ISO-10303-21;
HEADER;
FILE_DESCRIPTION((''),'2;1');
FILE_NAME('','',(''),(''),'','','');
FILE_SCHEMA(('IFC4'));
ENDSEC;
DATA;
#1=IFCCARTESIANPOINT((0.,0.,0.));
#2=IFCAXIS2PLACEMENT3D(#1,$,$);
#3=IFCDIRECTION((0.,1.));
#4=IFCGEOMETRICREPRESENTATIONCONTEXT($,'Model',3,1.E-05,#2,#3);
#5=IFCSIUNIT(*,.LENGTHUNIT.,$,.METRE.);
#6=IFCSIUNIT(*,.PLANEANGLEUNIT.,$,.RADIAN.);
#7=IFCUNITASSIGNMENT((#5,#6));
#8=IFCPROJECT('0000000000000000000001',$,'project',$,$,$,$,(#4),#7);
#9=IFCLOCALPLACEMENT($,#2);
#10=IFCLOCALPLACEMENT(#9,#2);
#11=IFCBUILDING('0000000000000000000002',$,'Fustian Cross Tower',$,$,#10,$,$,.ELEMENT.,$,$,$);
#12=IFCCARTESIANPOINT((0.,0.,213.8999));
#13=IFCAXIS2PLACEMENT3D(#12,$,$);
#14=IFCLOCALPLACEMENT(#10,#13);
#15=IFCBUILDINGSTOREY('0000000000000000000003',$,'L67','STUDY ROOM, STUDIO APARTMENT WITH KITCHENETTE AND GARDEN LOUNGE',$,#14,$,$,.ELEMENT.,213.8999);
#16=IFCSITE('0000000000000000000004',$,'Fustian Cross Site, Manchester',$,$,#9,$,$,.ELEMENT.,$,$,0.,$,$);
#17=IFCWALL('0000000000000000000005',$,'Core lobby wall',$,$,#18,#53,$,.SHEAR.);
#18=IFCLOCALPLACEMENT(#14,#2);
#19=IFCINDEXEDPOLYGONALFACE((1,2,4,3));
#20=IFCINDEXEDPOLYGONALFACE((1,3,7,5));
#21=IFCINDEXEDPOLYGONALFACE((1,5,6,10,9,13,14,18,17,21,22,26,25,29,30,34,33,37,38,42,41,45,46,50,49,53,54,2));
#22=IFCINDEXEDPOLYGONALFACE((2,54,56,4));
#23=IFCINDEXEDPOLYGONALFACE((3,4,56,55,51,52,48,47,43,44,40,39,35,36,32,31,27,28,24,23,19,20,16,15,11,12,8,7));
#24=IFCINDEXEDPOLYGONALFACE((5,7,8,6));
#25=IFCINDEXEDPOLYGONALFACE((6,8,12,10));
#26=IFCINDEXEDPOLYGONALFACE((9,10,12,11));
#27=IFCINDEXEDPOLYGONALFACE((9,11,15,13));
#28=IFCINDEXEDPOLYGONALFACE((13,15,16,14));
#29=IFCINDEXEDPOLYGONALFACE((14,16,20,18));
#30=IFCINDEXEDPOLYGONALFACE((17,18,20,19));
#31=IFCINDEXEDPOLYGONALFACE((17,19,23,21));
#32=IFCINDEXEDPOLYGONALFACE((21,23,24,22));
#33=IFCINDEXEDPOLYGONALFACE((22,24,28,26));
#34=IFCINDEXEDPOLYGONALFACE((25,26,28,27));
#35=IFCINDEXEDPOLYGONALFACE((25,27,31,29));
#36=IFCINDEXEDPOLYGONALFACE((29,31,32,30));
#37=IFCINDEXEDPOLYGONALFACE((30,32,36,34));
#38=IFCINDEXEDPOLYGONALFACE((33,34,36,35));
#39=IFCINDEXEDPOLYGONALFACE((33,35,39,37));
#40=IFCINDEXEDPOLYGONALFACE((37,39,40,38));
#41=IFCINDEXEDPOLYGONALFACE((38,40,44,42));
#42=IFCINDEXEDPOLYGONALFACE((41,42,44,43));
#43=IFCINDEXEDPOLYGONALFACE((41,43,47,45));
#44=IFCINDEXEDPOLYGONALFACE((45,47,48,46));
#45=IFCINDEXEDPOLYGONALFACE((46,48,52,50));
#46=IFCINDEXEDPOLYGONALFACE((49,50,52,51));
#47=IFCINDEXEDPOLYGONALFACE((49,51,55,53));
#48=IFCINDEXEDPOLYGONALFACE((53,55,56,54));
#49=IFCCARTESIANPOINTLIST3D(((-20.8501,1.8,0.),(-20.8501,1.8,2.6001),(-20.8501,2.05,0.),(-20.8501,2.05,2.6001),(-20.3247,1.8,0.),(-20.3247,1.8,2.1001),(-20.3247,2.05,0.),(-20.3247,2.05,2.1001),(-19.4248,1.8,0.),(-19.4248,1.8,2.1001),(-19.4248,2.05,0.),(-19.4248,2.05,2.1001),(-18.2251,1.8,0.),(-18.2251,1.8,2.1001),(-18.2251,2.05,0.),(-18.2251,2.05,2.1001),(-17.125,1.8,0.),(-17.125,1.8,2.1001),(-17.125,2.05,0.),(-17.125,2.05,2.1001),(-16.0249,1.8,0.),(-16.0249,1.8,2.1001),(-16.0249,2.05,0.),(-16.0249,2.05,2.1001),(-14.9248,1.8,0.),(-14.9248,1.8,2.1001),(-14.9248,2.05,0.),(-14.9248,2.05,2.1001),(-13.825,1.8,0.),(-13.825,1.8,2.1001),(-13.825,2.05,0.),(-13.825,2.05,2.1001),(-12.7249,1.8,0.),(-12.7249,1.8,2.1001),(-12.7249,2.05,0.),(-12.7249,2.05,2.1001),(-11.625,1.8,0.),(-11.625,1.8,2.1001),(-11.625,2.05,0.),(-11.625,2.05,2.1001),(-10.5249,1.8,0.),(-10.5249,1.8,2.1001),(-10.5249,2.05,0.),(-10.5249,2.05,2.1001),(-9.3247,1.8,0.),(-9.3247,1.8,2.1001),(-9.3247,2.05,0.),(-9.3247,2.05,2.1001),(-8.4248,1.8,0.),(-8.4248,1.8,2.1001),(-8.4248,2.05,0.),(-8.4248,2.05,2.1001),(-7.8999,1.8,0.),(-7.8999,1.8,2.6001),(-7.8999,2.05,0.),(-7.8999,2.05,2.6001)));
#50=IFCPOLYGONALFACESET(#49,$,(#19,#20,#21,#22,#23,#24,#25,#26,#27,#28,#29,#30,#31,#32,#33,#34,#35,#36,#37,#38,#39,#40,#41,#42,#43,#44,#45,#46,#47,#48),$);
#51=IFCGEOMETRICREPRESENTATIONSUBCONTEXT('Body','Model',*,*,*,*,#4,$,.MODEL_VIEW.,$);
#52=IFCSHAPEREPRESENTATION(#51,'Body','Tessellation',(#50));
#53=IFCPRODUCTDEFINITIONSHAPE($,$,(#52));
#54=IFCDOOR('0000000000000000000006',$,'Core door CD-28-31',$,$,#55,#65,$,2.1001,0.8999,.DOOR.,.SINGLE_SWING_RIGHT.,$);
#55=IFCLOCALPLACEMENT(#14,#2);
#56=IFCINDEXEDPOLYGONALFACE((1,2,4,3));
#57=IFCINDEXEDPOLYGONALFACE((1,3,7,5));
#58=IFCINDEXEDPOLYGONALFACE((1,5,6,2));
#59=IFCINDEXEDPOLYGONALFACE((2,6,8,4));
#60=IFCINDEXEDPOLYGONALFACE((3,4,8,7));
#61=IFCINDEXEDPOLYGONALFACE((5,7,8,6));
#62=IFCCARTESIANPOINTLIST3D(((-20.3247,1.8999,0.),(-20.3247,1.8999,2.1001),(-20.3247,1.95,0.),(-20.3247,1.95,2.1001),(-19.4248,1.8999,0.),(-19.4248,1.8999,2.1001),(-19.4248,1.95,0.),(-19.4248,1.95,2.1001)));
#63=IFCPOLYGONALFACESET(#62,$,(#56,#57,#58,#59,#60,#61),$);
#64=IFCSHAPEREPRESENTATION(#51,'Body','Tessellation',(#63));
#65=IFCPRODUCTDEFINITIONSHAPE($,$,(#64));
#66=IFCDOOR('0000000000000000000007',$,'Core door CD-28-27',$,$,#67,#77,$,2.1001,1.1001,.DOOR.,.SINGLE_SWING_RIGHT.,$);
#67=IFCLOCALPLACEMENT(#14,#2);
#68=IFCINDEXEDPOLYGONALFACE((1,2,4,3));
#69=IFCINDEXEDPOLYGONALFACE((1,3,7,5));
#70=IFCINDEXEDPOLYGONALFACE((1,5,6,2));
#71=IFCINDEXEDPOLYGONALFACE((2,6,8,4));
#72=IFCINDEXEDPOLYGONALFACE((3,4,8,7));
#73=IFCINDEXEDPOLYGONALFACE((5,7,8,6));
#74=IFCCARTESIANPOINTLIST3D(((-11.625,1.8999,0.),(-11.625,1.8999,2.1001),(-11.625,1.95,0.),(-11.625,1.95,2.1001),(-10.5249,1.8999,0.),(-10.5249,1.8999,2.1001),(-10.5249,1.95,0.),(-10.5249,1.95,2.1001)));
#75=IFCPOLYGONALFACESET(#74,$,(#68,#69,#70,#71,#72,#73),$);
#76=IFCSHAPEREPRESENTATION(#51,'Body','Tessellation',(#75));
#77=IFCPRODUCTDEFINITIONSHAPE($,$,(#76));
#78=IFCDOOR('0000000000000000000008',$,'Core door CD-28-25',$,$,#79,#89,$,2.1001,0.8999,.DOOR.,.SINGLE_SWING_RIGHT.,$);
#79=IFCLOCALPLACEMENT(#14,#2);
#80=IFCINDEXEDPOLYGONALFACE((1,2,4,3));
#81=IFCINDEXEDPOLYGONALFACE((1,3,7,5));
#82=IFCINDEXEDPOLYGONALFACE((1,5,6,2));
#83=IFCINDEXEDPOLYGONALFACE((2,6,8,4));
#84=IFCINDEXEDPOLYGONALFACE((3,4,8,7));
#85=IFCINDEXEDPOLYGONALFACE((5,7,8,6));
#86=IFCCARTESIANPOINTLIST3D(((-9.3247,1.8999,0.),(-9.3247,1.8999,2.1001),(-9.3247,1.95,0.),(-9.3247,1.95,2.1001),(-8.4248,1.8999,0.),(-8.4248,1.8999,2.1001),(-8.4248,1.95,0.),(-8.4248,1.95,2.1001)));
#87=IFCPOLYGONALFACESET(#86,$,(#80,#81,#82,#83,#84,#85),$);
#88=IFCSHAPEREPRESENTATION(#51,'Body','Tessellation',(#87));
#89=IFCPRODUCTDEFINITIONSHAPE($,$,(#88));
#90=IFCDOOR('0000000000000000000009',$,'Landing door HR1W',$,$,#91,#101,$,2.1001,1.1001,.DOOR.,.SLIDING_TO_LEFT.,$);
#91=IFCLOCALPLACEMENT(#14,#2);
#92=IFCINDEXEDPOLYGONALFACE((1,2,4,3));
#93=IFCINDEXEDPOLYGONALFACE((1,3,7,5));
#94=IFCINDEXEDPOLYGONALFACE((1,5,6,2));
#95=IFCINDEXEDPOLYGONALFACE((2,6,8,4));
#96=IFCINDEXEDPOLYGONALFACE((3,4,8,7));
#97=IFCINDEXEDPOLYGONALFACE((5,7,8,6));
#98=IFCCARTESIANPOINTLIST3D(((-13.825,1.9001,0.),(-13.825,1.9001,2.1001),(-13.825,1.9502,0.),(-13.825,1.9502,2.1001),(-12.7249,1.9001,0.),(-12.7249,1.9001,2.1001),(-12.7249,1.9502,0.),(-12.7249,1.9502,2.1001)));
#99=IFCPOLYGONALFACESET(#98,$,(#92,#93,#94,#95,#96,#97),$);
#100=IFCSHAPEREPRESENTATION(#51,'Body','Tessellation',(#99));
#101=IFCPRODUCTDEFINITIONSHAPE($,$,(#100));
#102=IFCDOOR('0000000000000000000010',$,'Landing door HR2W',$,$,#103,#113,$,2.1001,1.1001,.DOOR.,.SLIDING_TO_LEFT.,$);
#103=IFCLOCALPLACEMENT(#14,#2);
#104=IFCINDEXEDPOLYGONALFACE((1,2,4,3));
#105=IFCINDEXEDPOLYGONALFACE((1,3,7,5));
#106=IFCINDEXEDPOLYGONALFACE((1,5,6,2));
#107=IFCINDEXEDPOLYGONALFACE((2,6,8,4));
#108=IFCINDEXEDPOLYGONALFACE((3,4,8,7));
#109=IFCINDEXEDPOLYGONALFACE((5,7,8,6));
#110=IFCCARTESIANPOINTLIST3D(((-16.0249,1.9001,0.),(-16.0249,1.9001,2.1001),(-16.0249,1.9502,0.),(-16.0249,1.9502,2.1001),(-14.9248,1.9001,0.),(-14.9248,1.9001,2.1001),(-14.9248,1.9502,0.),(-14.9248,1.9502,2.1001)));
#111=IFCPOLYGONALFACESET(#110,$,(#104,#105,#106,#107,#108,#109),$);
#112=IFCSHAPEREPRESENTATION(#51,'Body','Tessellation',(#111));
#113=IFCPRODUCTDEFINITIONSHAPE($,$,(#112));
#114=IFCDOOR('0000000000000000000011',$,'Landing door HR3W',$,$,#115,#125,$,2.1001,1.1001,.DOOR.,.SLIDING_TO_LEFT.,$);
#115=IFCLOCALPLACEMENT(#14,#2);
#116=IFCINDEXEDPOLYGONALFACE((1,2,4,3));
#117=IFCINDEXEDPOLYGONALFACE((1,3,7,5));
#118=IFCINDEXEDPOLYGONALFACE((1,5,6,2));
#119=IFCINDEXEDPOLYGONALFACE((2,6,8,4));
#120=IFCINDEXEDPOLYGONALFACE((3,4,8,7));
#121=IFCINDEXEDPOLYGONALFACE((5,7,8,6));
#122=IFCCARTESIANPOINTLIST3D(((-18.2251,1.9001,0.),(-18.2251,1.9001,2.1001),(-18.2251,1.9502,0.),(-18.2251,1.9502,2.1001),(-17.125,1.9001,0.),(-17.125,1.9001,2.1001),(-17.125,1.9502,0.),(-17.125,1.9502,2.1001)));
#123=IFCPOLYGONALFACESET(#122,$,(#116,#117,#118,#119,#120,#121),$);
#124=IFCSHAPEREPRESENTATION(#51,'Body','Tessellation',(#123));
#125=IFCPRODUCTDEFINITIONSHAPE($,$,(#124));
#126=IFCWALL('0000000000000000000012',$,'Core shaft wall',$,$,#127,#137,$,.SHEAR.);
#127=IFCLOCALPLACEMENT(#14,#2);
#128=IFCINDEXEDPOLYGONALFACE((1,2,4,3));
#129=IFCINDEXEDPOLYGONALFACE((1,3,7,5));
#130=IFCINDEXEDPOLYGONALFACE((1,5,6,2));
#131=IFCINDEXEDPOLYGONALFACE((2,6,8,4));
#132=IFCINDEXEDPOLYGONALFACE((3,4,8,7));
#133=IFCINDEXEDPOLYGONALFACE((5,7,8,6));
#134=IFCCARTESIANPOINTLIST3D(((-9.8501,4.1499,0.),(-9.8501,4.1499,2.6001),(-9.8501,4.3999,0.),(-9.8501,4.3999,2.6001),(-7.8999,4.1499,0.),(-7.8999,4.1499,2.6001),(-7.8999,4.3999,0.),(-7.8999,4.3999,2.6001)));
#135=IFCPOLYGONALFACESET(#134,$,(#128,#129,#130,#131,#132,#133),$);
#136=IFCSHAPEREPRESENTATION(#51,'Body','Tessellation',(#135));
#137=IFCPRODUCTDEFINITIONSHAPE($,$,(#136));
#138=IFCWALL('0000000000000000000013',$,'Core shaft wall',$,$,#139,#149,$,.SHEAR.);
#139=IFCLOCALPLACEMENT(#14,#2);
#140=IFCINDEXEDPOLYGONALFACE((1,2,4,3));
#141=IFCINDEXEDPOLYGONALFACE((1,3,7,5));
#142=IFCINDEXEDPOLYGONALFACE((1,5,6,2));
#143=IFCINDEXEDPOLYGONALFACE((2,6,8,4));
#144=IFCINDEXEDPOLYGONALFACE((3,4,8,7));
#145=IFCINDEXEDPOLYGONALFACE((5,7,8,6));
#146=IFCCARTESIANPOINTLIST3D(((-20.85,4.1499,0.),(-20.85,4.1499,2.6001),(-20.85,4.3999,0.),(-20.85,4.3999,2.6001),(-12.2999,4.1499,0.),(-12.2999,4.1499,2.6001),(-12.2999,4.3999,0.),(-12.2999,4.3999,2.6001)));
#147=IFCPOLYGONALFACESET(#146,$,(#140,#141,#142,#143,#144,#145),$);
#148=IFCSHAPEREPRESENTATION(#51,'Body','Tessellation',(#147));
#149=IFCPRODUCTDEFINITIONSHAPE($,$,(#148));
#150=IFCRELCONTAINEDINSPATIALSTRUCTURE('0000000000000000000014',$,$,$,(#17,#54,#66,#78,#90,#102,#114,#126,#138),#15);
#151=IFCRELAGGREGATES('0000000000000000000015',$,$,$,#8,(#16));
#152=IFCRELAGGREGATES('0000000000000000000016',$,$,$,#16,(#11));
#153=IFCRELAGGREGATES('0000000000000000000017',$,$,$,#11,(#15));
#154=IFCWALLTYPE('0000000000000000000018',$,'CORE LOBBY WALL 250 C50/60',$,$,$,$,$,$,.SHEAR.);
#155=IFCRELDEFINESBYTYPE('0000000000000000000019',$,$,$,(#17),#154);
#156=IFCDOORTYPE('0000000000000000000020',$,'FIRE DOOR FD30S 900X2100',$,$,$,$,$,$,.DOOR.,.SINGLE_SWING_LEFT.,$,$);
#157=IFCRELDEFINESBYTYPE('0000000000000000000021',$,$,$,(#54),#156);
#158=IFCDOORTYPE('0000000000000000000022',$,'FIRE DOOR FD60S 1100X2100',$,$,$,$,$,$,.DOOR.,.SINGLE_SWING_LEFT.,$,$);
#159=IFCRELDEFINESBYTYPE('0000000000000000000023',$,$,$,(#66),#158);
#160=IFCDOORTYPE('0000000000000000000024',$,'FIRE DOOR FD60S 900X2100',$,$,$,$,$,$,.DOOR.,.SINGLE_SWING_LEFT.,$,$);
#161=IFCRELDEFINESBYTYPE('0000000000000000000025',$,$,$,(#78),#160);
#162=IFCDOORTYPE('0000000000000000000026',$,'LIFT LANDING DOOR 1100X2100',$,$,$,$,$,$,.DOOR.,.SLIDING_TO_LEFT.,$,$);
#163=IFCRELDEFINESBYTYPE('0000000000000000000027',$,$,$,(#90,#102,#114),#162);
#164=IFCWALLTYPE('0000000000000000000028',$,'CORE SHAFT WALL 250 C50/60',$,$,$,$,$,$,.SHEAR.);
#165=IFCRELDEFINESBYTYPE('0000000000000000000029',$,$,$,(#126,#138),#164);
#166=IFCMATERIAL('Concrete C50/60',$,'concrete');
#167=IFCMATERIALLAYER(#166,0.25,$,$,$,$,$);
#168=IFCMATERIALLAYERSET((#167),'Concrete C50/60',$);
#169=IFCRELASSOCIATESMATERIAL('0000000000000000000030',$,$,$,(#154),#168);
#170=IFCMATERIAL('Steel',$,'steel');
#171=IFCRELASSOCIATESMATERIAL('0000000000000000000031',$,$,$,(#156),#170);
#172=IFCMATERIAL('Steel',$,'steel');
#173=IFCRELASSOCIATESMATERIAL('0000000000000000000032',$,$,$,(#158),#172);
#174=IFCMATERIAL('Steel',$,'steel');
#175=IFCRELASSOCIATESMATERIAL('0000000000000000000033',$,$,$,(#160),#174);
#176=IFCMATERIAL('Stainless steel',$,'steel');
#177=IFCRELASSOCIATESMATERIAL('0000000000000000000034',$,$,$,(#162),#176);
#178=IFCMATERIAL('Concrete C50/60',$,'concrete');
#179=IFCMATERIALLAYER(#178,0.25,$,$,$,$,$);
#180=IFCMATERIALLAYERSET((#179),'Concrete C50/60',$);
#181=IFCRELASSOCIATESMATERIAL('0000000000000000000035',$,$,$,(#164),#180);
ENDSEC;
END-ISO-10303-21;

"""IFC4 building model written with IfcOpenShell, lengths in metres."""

from ifc_helpers import new_model, si_unit, direction, frame, frame_2d, origin, place, context, subcontext, project, spatial, rectangle, extrude, material, layer, layer_set, type_object, element, fill, save


model = new_model("IFC4")

# Units and contexts
model_context = context("Model", 3, precision=1e-05, world=origin(), true_north=direction((0.0, 1.0)))
body_context = subcontext(model_context, "Body", "Model", "MODEL_VIEW")
ifc_project = project(units=[si_unit("LENGTHUNIT", "METRE"), si_unit("PLANEANGLEUNIT", "RADIAN")], contexts=[model_context])

# Site, building, storey
site_placement = place(None, origin())
site = spatial("IfcSite", under=ifc_project, at=site_placement, Name="Fustian Cross Site, Manchester", CompositionType="ELEMENT", RefElevation=0.0)
building_placement = place(site_placement, origin())
building = spatial("IfcBuilding", under=site, at=building_placement, Name="Fustian Cross Tower", CompositionType="ELEMENT")
storey_placement = place(building_placement, frame((0.0, 0.0, 213.8999)))
storey = spatial("IfcBuildingStorey", under=building, at=storey_placement, Name="L67", Description="STUDY ROOM, STUDIO APARTMENT WITH KITCHENETTE AND GARDEN LOUNGE", CompositionType="ELEMENT", Elevation=213.8999)

# Wall, openings, doors
ifc_material_1 = material(Name="Concrete C50/60", Category="concrete")
ifc_layer_1 = layer(ifc_material_1, 0.25)
ifc_layer_set_1 = layer_set([ifc_layer_1], Name="Concrete C50/60")
wall_type_1 = type_object("IfcWallType", Name="CORE LOBBY WALL 250 C50/60", PredefinedType="SHEAR", material=ifc_layer_set_1)
wall_1_placement = place(storey_placement, frame((-7.8999, 1.925, 0.0), z_axis=(0.0, 0.0, 1.0), x_axis=(-1.0, 0.0, 0.0)))
wall_1 = element("IfcWall", 1, at=wall_1_placement, inside=storey, type_object=wall_type_1, Name="Core lobby wall", PredefinedType="SHEAR", context=body_context, shape_type="SweptSolid", body=[
    extrude(rectangle(XDim=12.9502, YDim=0.25, at=frame_2d((6.4751, 0.0))), origin(), (0.0, 0.0, 1.0), 2.6001),
])
opening_1_placement = place(wall_1_placement, frame((4.825, 0.0, 0.0)))
opening_1 = element("IfcOpeningElement", 2, at=opening_1_placement, cuts=wall_1, PredefinedType="OPENING", context=body_context, shape_type="SweptSolid", body=[
    extrude(rectangle(XDim=1.1001, YDim=2.1001, at=frame_2d((0.55, 1.05))), frame((0.0, 0.135, 0.0), z_axis=(0.0, -1.0, 0.0), x_axis=(1.0, 0.0, 0.0)), (0.0, 0.0, 1.0), 0.27),
])
opening_2_placement = place(wall_1_placement, frame((7.0249, 0.0, 0.0)))
opening_2 = element("IfcOpeningElement", 3, at=opening_2_placement, cuts=wall_1, PredefinedType="OPENING", context=body_context, shape_type="SweptSolid", body=[
    extrude(rectangle(XDim=1.1001, YDim=2.1001, at=frame_2d((0.55, 1.05))), frame((0.0, 0.135, 0.0), z_axis=(0.0, -1.0, 0.0), x_axis=(1.0, 0.0, 0.0)), (0.0, 0.0, 1.0), 0.27),
])
opening_3_placement = place(wall_1_placement, frame((9.2251, 0.0, 0.0)))
opening_3 = element("IfcOpeningElement", 4, at=opening_3_placement, cuts=wall_1, PredefinedType="OPENING", context=body_context, shape_type="SweptSolid", body=[
    extrude(rectangle(XDim=1.1001, YDim=2.1001, at=frame_2d((0.55, 1.05))), frame((0.0, 0.135, 0.0), z_axis=(0.0, -1.0, 0.0), x_axis=(1.0, 0.0, 0.0)), (0.0, 0.0, 1.0), 0.27),
])
opening_4_placement = place(wall_1_placement, frame((0.5249, 0.0, 0.0)))
opening_4 = element("IfcOpeningElement", 5, at=opening_4_placement, cuts=wall_1, PredefinedType="OPENING", context=body_context, shape_type="SweptSolid", body=[
    extrude(rectangle(XDim=0.8999, YDim=2.1001, at=frame_2d((0.45, 1.05))), frame((0.0, 0.135, 0.0), z_axis=(0.0, -1.0, 0.0), x_axis=(1.0, 0.0, 0.0)), (0.0, 0.0, 1.0), 0.27),
])
opening_5_placement = place(wall_1_placement, frame((2.625, 0.0, 0.0)))
opening_5 = element("IfcOpeningElement", 6, at=opening_5_placement, cuts=wall_1, PredefinedType="OPENING", context=body_context, shape_type="SweptSolid", body=[
    extrude(rectangle(XDim=1.1001, YDim=2.1001, at=frame_2d((0.55, 1.05))), frame((0.0, 0.135, 0.0), z_axis=(0.0, -1.0, 0.0), x_axis=(1.0, 0.0, 0.0)), (0.0, 0.0, 1.0), 0.27),
])
opening_6_placement = place(wall_1_placement, frame((11.5249, 0.0, 0.0)))
opening_6 = element("IfcOpeningElement", 7, at=opening_6_placement, cuts=wall_1, PredefinedType="OPENING", context=body_context, shape_type="SweptSolid", body=[
    extrude(rectangle(XDim=0.8999, YDim=2.1001, at=frame_2d((0.45, 1.05))), frame((0.0, 0.135, 0.0), z_axis=(0.0, -1.0, 0.0), x_axis=(1.0, 0.0, 0.0)), (0.0, 0.0, 1.0), 0.27),
])
ifc_material_2 = material(Name="Steel", Category="steel")
door_type_1 = type_object("IfcDoorType", Name="FIRE DOOR FD30S 900X2100", OperationType="SINGLE_SWING_LEFT", PredefinedType="DOOR", material=ifc_material_2)
door_1_placement = place(opening_6_placement, frame((0.8999, 0.0, 0.0), z_axis=(0.0, 0.0, 1.0), x_axis=(-1.0, 0.0, 0.0)))
door_1 = element("IfcDoor", 8, at=door_1_placement, inside=storey, type_object=door_type_1, Name="Core door CD-28-31", OperationType="SINGLE_SWING_RIGHT", OverallHeight=2.1001, OverallWidth=0.8999, PredefinedType="DOOR", context=body_context, shape_type="SweptSolid", body=[
    extrude(rectangle(XDim=0.8999, YDim=2.1001, at=frame_2d((0.45, 1.05))), frame((0.0, 0.0249, 0.0), z_axis=(0.0, -1.0, 0.0), x_axis=(1.0, 0.0, 0.0)), (0.0, 0.0, 1.0), 0.05),
])
fill(opening_6, door_1)
ifc_material_3 = material(Name="Steel", Category="steel")
door_type_2 = type_object("IfcDoorType", Name="FIRE DOOR FD60S 1100X2100", OperationType="SINGLE_SWING_LEFT", PredefinedType="DOOR", material=ifc_material_3)
door_2_placement = place(opening_5_placement, frame((1.1001, 0.0, 0.0), z_axis=(0.0, 0.0, 1.0), x_axis=(-1.0, 0.0, 0.0)))
door_2 = element("IfcDoor", 9, at=door_2_placement, inside=storey, type_object=door_type_2, Name="Core door CD-28-27", OperationType="SINGLE_SWING_RIGHT", OverallHeight=2.1001, OverallWidth=1.1001, PredefinedType="DOOR", context=body_context, shape_type="SweptSolid", body=[
    extrude(rectangle(XDim=1.1001, YDim=2.1001, at=frame_2d((0.55, 1.05))), frame((0.0, 0.0249, 0.0), z_axis=(0.0, -1.0, 0.0), x_axis=(1.0, 0.0, 0.0)), (0.0, 0.0, 1.0), 0.05),
])
fill(opening_5, door_2)
ifc_material_4 = material(Name="Steel", Category="steel")
door_type_3 = type_object("IfcDoorType", Name="FIRE DOOR FD60S 900X2100", OperationType="SINGLE_SWING_LEFT", PredefinedType="DOOR", material=ifc_material_4)
door_3_placement = place(opening_4_placement, frame((0.8999, 0.0, 0.0), z_axis=(0.0, 0.0, 1.0), x_axis=(-1.0, 0.0, 0.0)))
door_3 = element("IfcDoor", 10, at=door_3_placement, inside=storey, type_object=door_type_3, Name="Core door CD-28-25", OperationType="SINGLE_SWING_RIGHT", OverallHeight=2.1001, OverallWidth=0.8999, PredefinedType="DOOR", context=body_context, shape_type="SweptSolid", body=[
    extrude(rectangle(XDim=0.8999, YDim=2.1001, at=frame_2d((0.45, 1.05))), frame((0.0, 0.0249, 0.0), z_axis=(0.0, -1.0, 0.0), x_axis=(1.0, 0.0, 0.0)), (0.0, 0.0, 1.0), 0.05),
])
fill(opening_4, door_3)
ifc_material_5 = material(Name="Stainless steel", Category="steel")
door_type_4 = type_object("IfcDoorType", Name="LIFT LANDING DOOR 1100X2100", OperationType="SLIDING_TO_LEFT", PredefinedType="DOOR", material=ifc_material_5)
door_4_placement = place(opening_1_placement, origin())
door_4 = element("IfcDoor", 11, at=door_4_placement, inside=storey, type_object=door_type_4, Name="Landing door HR1W", OperationType="SLIDING_TO_LEFT", OverallHeight=2.1001, OverallWidth=1.1001, PredefinedType="DOOR", context=body_context, shape_type="SweptSolid", body=[
    extrude(rectangle(XDim=1.1001, YDim=2.1001, at=frame_2d((0.55, 1.05))), frame((0.0, 0.0249, 0.0), z_axis=(0.0, -1.0, 0.0), x_axis=(1.0, 0.0, 0.0)), (0.0, 0.0, 1.0), 0.05),
])
fill(opening_1, door_4)
door_5_placement = place(opening_2_placement, origin())
door_5 = element("IfcDoor", 12, at=door_5_placement, inside=storey, type_object=door_type_4, Name="Landing door HR2W", OperationType="SLIDING_TO_LEFT", OverallHeight=2.1001, OverallWidth=1.1001, PredefinedType="DOOR", context=body_context, shape_type="SweptSolid", body=[
    extrude(rectangle(XDim=1.1001, YDim=2.1001, at=frame_2d((0.55, 1.05))), frame((0.0, 0.0249, 0.0), z_axis=(0.0, -1.0, 0.0), x_axis=(1.0, 0.0, 0.0)), (0.0, 0.0, 1.0), 0.05),
])
fill(opening_2, door_5)
door_6_placement = place(opening_3_placement, origin())
door_6 = element("IfcDoor", 13, at=door_6_placement, inside=storey, type_object=door_type_4, Name="Landing door HR3W", OperationType="SLIDING_TO_LEFT", OverallHeight=2.1001, OverallWidth=1.1001, PredefinedType="DOOR", context=body_context, shape_type="SweptSolid", body=[
    extrude(rectangle(XDim=1.1001, YDim=2.1001, at=frame_2d((0.55, 1.05))), frame((0.0, 0.0249, 0.0), z_axis=(0.0, -1.0, 0.0), x_axis=(1.0, 0.0, 0.0)), (0.0, 0.0, 1.0), 0.05),
])
fill(opening_3, door_6)

# Walls
ifc_material_6 = material(Name="Concrete C50/60", Category="concrete")
ifc_layer_2 = layer(ifc_material_6, 0.25)
ifc_layer_set_2 = layer_set([ifc_layer_2], Name="Concrete C50/60")
wall_type_2 = type_object("IfcWallType", Name="CORE SHAFT WALL 250 C50/60", PredefinedType="SHEAR", material=ifc_layer_set_2)
wall_2_placement = place(storey_placement, frame((-7.8999, 4.2749, 0.0), z_axis=(0.0, 0.0, 1.0), x_axis=(-1.0, 0.0, 0.0)))
element("IfcWall", 14, at=wall_2_placement, inside=storey, type_object=wall_type_2, Name="Core shaft wall", PredefinedType="SHEAR", context=body_context, shape_type="SweptSolid", body=[
    extrude(rectangle(XDim=1.9502, YDim=0.25, at=frame_2d((0.9751, 0.0))), origin(), (0.0, 0.0, 1.0), 2.6001),
])
wall_3_placement = place(storey_placement, frame((-12.3, 4.2749, 0.0), z_axis=(0.0, 0.0, 1.0), x_axis=(-1.0, 0.0, 0.0)))
element("IfcWall", 15, at=wall_3_placement, inside=storey, type_object=wall_type_2, Name="Core shaft wall", PredefinedType="SHEAR", context=body_context, shape_type="SweptSolid", body=[
    extrude(rectangle(XDim=8.55, YDim=0.25, at=frame_2d((4.2749, 0.0))), origin(), (0.0, 0.0, 1.0), 2.6001),
])

save(model, "model.ifc")
